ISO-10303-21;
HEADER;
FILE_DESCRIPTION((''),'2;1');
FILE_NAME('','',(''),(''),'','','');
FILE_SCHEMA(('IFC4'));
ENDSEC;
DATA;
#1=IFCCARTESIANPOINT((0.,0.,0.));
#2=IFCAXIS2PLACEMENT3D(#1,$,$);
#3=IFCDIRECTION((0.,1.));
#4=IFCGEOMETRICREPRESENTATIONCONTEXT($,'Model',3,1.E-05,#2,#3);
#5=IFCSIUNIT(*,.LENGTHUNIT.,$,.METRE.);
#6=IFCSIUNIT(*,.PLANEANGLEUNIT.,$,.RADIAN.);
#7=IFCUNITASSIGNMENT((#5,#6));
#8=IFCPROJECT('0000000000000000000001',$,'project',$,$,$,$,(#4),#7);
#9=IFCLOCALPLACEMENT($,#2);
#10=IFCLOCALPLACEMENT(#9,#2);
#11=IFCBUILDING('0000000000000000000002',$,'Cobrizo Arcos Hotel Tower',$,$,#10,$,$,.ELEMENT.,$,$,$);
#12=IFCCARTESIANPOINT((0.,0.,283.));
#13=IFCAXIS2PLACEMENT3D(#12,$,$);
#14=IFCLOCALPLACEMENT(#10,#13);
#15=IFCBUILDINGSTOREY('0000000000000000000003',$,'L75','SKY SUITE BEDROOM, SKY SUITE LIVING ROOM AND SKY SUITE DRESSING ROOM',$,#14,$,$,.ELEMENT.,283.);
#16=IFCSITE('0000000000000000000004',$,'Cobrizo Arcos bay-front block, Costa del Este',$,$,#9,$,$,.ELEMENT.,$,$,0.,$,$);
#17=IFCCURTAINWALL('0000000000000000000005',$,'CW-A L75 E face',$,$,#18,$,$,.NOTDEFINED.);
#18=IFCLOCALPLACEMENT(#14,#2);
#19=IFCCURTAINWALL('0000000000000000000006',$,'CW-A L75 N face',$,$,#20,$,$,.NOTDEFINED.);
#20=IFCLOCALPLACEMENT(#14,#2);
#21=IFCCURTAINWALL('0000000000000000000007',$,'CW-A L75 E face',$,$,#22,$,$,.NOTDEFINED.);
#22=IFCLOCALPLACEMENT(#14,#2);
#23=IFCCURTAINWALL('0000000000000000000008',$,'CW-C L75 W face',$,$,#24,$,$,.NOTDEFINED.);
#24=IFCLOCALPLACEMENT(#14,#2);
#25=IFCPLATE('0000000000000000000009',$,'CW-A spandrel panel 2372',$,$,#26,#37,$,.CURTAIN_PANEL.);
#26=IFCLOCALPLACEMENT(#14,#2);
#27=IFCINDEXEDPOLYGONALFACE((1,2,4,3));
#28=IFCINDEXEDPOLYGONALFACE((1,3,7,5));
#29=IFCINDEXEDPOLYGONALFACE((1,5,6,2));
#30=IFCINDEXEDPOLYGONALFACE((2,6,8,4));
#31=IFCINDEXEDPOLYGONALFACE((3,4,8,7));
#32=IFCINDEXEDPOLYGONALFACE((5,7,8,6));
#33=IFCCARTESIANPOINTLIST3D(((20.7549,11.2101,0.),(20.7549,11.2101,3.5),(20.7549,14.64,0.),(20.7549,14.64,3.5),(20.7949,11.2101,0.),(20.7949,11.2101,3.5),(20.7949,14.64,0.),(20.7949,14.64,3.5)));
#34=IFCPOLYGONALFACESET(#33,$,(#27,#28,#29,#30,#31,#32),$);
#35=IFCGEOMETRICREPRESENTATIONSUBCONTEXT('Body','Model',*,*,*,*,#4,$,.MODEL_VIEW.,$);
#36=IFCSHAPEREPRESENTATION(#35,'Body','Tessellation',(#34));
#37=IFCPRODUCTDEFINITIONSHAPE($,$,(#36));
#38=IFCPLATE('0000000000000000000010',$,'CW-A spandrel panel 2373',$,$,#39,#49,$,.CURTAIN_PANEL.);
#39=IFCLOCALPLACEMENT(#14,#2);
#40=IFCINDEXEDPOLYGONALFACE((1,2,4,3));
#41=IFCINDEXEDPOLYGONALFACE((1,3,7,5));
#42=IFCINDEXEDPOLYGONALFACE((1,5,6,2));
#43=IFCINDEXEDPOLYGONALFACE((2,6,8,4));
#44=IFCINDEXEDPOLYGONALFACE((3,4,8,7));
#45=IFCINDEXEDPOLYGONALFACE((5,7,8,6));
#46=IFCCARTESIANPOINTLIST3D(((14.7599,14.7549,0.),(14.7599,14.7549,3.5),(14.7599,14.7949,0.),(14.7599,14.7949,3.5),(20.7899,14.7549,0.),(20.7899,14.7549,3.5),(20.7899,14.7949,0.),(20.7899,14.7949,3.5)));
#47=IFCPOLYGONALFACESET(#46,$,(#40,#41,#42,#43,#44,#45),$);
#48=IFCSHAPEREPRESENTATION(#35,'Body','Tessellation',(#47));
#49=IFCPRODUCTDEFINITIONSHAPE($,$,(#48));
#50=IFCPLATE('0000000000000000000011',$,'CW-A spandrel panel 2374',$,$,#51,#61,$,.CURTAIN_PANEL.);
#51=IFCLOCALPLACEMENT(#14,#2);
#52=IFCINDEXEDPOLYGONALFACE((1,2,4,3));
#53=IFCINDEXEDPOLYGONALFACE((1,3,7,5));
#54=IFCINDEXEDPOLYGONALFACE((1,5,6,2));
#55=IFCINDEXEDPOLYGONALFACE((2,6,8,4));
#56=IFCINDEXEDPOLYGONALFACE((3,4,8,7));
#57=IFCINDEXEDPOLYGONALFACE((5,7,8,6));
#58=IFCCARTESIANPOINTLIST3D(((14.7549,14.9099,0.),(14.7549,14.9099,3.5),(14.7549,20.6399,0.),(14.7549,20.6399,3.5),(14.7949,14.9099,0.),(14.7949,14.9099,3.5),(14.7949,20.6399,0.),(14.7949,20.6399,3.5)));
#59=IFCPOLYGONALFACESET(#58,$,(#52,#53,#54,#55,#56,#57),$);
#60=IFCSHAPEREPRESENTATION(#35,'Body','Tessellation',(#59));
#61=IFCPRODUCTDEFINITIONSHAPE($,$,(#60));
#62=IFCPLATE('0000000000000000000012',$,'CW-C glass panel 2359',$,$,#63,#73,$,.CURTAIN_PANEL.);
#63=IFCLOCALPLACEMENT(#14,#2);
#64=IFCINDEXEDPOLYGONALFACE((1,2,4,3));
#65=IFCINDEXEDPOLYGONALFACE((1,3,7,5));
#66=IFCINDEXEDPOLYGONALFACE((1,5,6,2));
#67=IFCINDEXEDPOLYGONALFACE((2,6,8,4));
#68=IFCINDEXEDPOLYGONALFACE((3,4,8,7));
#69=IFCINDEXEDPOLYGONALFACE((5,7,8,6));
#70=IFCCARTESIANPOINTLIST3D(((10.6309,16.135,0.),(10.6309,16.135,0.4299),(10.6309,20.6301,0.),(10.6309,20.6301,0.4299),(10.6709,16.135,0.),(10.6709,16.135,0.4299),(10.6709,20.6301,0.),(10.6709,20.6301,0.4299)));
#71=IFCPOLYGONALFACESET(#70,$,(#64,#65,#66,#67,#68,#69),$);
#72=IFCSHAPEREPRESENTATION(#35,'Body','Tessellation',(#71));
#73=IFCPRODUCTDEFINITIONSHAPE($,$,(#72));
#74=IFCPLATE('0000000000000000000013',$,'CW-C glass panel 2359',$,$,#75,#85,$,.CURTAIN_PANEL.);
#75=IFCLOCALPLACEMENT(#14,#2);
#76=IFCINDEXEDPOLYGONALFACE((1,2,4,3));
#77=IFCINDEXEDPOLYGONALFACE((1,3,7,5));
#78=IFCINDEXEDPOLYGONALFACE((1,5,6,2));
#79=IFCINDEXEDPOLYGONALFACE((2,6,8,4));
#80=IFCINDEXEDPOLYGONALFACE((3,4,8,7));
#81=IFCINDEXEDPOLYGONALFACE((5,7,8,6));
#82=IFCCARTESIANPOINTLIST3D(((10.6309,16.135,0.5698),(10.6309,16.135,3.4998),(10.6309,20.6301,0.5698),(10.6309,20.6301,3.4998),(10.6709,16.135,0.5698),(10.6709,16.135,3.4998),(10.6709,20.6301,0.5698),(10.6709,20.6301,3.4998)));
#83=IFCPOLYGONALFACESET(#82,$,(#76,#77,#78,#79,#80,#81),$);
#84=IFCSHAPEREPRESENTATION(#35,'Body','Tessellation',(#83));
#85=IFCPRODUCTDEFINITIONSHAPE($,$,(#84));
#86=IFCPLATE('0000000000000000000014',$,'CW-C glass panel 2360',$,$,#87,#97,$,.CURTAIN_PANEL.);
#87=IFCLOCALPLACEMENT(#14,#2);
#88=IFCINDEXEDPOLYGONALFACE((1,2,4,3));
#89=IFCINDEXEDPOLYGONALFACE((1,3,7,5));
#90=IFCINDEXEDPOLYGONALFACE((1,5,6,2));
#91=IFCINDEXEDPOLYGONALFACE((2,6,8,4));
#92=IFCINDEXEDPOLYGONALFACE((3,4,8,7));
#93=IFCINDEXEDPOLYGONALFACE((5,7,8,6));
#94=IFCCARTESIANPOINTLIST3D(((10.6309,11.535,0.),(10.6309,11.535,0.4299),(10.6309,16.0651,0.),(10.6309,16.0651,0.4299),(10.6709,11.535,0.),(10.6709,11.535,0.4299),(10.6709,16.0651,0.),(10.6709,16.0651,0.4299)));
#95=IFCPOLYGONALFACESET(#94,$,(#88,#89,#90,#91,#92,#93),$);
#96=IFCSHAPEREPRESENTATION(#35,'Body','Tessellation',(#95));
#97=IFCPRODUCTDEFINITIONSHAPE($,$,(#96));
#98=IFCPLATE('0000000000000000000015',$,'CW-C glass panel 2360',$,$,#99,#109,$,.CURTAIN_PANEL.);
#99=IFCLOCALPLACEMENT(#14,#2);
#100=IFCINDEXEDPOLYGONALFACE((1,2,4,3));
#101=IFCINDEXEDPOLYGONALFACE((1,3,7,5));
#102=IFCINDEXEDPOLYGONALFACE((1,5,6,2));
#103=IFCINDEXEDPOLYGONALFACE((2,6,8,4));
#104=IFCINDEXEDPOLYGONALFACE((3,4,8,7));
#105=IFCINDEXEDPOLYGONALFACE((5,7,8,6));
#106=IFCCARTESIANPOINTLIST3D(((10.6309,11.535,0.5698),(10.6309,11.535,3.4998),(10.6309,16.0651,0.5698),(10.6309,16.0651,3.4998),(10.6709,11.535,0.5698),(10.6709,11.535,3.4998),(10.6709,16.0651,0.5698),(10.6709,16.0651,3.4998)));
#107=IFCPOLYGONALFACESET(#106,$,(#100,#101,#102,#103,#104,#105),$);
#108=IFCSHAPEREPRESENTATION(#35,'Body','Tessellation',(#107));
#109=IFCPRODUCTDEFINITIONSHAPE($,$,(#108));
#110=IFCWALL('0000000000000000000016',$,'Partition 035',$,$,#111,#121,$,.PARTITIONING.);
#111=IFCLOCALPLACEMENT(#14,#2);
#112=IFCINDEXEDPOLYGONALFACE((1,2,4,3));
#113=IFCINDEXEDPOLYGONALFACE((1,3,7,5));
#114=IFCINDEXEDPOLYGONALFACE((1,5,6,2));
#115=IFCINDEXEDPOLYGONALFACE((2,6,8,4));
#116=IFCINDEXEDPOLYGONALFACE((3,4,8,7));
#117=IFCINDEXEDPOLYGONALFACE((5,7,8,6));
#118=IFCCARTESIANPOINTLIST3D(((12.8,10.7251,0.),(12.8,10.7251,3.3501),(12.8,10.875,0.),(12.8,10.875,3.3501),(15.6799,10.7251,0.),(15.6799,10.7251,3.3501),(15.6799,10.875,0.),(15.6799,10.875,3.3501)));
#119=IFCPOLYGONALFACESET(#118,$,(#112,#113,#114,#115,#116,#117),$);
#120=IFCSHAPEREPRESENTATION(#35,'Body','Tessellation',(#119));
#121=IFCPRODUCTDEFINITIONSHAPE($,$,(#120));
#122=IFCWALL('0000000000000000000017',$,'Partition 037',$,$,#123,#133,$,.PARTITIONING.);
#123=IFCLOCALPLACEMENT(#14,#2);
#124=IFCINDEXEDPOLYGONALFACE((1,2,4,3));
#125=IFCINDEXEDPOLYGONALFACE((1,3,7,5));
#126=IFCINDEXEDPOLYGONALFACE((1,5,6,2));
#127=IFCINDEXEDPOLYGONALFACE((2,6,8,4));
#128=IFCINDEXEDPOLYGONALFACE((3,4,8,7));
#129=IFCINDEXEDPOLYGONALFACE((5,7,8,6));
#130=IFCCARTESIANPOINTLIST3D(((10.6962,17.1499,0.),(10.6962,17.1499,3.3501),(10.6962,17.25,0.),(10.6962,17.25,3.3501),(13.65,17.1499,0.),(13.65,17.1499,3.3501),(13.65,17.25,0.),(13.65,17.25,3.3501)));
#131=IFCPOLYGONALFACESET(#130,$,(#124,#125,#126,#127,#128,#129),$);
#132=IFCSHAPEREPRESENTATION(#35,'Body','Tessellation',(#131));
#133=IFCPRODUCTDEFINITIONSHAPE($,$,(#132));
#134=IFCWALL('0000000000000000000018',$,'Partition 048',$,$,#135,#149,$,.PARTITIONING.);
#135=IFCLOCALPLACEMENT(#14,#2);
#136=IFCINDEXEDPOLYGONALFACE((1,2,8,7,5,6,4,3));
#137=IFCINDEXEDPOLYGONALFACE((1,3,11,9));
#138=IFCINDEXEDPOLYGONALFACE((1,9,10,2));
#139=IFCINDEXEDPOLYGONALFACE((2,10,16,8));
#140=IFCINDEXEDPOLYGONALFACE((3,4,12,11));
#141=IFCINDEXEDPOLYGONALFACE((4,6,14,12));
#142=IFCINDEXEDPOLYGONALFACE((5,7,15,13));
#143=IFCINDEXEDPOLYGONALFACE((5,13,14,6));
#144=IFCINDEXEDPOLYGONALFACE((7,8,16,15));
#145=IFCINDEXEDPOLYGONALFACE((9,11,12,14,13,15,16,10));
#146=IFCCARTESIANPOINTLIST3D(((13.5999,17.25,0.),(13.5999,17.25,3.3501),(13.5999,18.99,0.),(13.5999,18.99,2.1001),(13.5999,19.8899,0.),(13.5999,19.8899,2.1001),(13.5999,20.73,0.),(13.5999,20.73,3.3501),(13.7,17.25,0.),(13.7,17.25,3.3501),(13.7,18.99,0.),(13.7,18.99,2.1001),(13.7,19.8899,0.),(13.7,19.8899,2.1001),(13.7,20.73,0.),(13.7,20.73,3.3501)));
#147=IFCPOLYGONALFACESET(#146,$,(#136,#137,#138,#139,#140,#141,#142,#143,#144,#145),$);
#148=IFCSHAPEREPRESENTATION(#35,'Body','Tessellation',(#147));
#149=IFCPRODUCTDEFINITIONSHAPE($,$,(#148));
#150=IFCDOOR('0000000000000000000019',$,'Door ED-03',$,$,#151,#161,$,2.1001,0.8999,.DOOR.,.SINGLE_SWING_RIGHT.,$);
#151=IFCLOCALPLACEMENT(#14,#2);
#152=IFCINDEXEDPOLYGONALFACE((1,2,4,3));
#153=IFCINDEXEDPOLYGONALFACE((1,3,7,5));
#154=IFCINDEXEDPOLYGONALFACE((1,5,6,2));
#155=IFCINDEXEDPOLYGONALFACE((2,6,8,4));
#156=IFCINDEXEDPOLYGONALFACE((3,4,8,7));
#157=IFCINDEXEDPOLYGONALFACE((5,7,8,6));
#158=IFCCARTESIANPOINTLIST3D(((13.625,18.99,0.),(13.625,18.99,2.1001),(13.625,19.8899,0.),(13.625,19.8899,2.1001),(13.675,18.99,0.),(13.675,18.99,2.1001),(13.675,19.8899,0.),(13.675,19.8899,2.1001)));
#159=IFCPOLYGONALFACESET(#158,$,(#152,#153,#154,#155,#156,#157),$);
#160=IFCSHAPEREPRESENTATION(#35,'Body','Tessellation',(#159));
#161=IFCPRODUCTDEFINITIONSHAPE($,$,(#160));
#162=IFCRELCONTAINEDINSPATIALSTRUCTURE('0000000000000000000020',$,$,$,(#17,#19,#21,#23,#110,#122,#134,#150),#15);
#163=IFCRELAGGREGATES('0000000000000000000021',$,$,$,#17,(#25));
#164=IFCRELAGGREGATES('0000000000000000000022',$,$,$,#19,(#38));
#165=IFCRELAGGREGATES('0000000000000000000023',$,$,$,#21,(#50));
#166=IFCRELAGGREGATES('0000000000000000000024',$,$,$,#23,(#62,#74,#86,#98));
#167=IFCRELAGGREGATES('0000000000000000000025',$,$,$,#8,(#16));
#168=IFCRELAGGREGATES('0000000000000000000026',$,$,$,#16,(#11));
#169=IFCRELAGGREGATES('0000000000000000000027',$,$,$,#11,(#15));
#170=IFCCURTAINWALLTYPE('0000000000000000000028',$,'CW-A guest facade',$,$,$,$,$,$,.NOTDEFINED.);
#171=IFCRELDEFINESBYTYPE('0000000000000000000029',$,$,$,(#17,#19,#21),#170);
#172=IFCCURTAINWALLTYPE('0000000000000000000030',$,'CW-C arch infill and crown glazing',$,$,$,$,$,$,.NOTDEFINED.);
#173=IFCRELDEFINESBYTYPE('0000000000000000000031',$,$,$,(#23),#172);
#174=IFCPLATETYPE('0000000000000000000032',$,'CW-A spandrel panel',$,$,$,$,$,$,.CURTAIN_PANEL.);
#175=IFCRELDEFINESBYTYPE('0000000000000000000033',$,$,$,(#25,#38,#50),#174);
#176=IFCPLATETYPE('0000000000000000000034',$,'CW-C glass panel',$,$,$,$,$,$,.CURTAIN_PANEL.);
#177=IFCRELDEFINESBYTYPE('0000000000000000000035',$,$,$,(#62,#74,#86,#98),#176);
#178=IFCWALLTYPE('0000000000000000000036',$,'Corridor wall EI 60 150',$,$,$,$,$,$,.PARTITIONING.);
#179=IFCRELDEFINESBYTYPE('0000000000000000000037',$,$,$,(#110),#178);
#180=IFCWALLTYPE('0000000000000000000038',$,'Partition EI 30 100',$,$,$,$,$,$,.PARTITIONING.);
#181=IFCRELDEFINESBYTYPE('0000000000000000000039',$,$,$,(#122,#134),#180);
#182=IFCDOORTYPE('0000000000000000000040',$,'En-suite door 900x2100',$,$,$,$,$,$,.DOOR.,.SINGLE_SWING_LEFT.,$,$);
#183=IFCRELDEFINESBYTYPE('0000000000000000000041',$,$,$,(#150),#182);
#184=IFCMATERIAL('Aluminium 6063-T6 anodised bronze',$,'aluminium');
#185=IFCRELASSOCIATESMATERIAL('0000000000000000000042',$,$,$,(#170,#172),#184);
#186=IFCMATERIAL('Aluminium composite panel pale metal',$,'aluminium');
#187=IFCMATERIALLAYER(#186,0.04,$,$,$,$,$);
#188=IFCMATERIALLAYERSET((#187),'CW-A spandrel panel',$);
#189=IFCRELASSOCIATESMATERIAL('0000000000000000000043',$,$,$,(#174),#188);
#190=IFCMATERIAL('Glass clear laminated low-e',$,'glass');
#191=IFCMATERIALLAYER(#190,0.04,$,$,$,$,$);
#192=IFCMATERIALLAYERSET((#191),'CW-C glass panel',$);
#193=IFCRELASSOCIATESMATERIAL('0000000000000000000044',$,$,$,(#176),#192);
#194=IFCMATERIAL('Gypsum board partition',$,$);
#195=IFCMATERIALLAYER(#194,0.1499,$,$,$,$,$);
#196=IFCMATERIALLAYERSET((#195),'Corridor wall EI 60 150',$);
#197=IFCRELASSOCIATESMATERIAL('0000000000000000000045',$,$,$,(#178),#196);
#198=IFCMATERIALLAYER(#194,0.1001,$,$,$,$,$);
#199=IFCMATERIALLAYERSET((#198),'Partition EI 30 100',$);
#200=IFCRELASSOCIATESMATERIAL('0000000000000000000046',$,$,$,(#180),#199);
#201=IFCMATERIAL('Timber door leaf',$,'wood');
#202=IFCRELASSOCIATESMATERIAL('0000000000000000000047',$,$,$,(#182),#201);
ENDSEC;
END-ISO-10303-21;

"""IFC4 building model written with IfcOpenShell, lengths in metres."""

from ifc_helpers import new_model, si_unit, direction, frame, frame_2d, origin, origin_2d, place, context, subcontext, project, spatial, rectangle, extrude, material, layer, layer_set, type_object, element, fill, aggregate, save


model = new_model("IFC4")

# Units and contexts
model_context = context("Model", 3, precision=1e-05, world=origin(), true_north=direction((0.0, 1.0)))
body_context = subcontext(model_context, "Body", "Model", "MODEL_VIEW")
ifc_project = project(units=[si_unit("LENGTHUNIT", "METRE"), si_unit("PLANEANGLEUNIT", "RADIAN")], contexts=[model_context])

# Site, building, storey
site_placement = place(None, origin())
site = spatial("IfcSite", under=ifc_project, at=site_placement, Name="Cobrizo Arcos bay-front block, Costa del Este", CompositionType="ELEMENT", RefElevation=0.0)
building_placement = place(site_placement, origin())
building = spatial("IfcBuilding", under=site, at=building_placement, Name="Cobrizo Arcos Hotel Tower", CompositionType="ELEMENT")
storey_placement = place(building_placement, frame((0.0, 0.0, 283.0)))
storey = spatial("IfcBuildingStorey", under=building, at=storey_placement, Name="L75", Description="SKY SUITE BEDROOM, SKY SUITE LIVING ROOM AND SKY SUITE DRESSING ROOM", CompositionType="ELEMENT", Elevation=283.0)

# Shared definitions
ifc_material_1 = material(Name="Aluminium 6063-T6 anodised bronze", Category="aluminium")
curtain_wall_type_1 = type_object("IfcCurtainWallType", Name="CW-A guest facade", PredefinedType="NOTDEFINED", material=ifc_material_1)

# Curtain walls
curtain_wall_1_placement = place(storey_placement, origin())
curtain_wall_1 = element("IfcCurtainWall", 1, at=curtain_wall_1_placement, inside=storey, type_object=curtain_wall_type_1, Name="CW-A L75 E face", PredefinedType="NOTDEFINED")
curtain_wall_2_placement = place(storey_placement, origin())
curtain_wall_2 = element("IfcCurtainWall", 2, at=curtain_wall_2_placement, inside=storey, type_object=curtain_wall_type_1, Name="CW-A L75 N face", PredefinedType="NOTDEFINED")
curtain_wall_3_placement = place(storey_placement, origin())
curtain_wall_3 = element("IfcCurtainWall", 3, at=curtain_wall_3_placement, inside=storey, type_object=curtain_wall_type_1, Name="CW-A L75 E face", PredefinedType="NOTDEFINED")
curtain_wall_type_2 = type_object("IfcCurtainWallType", Name="CW-C arch infill and crown glazing", PredefinedType="NOTDEFINED", material=ifc_material_1)
curtain_wall_4_placement = place(storey_placement, origin())
curtain_wall_4 = element("IfcCurtainWall", 4, at=curtain_wall_4_placement, inside=storey, type_object=curtain_wall_type_2, Name="CW-C L75 W face", PredefinedType="NOTDEFINED")

# Plates
ifc_material_2 = material(Name="Aluminium composite panel pale metal", Category="aluminium")
ifc_layer_1 = layer(ifc_material_2, 0.04)
ifc_layer_set_1 = layer_set([ifc_layer_1], Name="CW-A spandrel panel")
plate_type_1 = type_object("IfcPlateType", Name="CW-A spandrel panel", PredefinedType="CURTAIN_PANEL", material=ifc_layer_set_1)
plate_1_placement = place(storey_placement, frame((20.7749, 12.925, 0.0), z_axis=(0.0, 0.0, 1.0), x_axis=(0.0, 1.0, 0.0)))
plate_1 = element("IfcPlate", 5, at=plate_1_placement, type_object=plate_type_1, Name="CW-A spandrel panel 2372", PredefinedType="CURTAIN_PANEL", context=body_context, shape_type="SweptSolid", body=[
    extrude(rectangle(XDim=3.4299, YDim=0.04, at=origin_2d()), origin(), (0.0, 0.0, 1.0), 3.5),
])
aggregate(curtain_wall_1, [plate_1])
plate_2_placement = place(storey_placement, frame((17.7749, 14.7749, 0.0), z_axis=(0.0, 0.0, 1.0), x_axis=(-1.0, 0.0, 0.0)))
plate_2 = element("IfcPlate", 6, at=plate_2_placement, type_object=plate_type_1, Name="CW-A spandrel panel 2373", PredefinedType="CURTAIN_PANEL", context=body_context, shape_type="SweptSolid", body=[
    extrude(rectangle(XDim=6.03, YDim=0.04, at=origin_2d()), origin(), (0.0, 0.0, 1.0), 3.5),
])
aggregate(curtain_wall_2, [plate_2])
plate_3_placement = place(storey_placement, frame((14.7749, 17.7749, 0.0), z_axis=(0.0, 0.0, 1.0), x_axis=(0.0, 1.0, 0.0)))
plate_3 = element("IfcPlate", 7, at=plate_3_placement, type_object=plate_type_1, Name="CW-A spandrel panel 2374", PredefinedType="CURTAIN_PANEL", context=body_context, shape_type="SweptSolid", body=[
    extrude(rectangle(XDim=5.73, YDim=0.04, at=origin_2d()), origin(), (0.0, 0.0, 1.0), 3.5),
])
aggregate(curtain_wall_3, [plate_3])
ifc_material_3 = material(Name="Glass clear laminated low-e", Category="glass")
ifc_layer_2 = layer(ifc_material_3, 0.04)
ifc_layer_set_2 = layer_set([ifc_layer_2], Name="CW-C glass panel")
plate_type_2 = type_object("IfcPlateType", Name="CW-C glass panel", PredefinedType="CURTAIN_PANEL", material=ifc_layer_set_2)
plate_4_placement = place(storey_placement, frame((10.6509, 18.3826, 0.0), z_axis=(0.0, 0.0, 1.0), x_axis=(0.0, -1.0, 0.0)))
plate_4 = element("IfcPlate", 8, at=plate_4_placement, type_object=plate_type_2, Name="CW-C glass panel 2359", PredefinedType="CURTAIN_PANEL", context=body_context, shape_type="SweptSolid", body=[
    extrude(rectangle(XDim=4.4951, YDim=0.04, at=origin_2d()), origin(), (0.0, 0.0, 1.0), 0.4299),
])
plate_5_placement = place(storey_placement, frame((10.6509, 18.3826, 0.5698), z_axis=(0.0, 0.0, 1.0), x_axis=(0.0, -1.0, 0.0)))
plate_5 = element("IfcPlate", 9, at=plate_5_placement, type_object=plate_type_2, Name="CW-C glass panel 2359", PredefinedType="CURTAIN_PANEL", context=body_context, shape_type="SweptSolid", body=[
    extrude(rectangle(XDim=4.4951, YDim=0.04, at=origin_2d()), origin(), (0.0, 0.0, 1.0), 2.9299),
])
plate_6_placement = place(storey_placement, frame((10.6509, 13.8, 0.0), z_axis=(0.0, 0.0, 1.0), x_axis=(0.0, -1.0, 0.0)))
plate_6 = element("IfcPlate", 10, at=plate_6_placement, type_object=plate_type_2, Name="CW-C glass panel 2360", PredefinedType="CURTAIN_PANEL", context=body_context, shape_type="SweptSolid", body=[
    extrude(rectangle(XDim=4.53, YDim=0.04, at=origin_2d()), origin(), (0.0, 0.0, 1.0), 0.4299),
])
plate_7_placement = place(storey_placement, frame((10.6509, 13.8, 0.5698), z_axis=(0.0, 0.0, 1.0), x_axis=(0.0, -1.0, 0.0)))
plate_7 = element("IfcPlate", 11, at=plate_7_placement, type_object=plate_type_2, Name="CW-C glass panel 2360", PredefinedType="CURTAIN_PANEL", context=body_context, shape_type="SweptSolid", body=[
    extrude(rectangle(XDim=4.53, YDim=0.04, at=origin_2d()), origin(), (0.0, 0.0, 1.0), 2.9299),
])
aggregate(curtain_wall_4, [plate_4, plate_5, plate_6, plate_7])

# Walls
ifc_material_4 = material(Name="Gypsum board partition")
ifc_layer_3 = layer(ifc_material_4, 0.1499)
ifc_layer_set_3 = layer_set([ifc_layer_3], Name="Corridor wall EI 60 150")
wall_type_1 = type_object("IfcWallType", Name="Corridor wall EI 60 150", PredefinedType="PARTITIONING", material=ifc_layer_set_3)
wall_1_placement = place(storey_placement, frame((12.8, 10.8, 0.0), z_axis=(0.0, 0.0, 1.0), x_axis=(1.0, 0.0, 0.0)))
element("IfcWall", 12, at=wall_1_placement, inside=storey, type_object=wall_type_1, Name="Partition 035", PredefinedType="PARTITIONING", context=body_context, shape_type="SweptSolid", body=[
    extrude(rectangle(XDim=2.8799, YDim=0.1499, at=frame_2d((1.4399, 0.0))), origin(), (0.0, 0.0, 1.0), 3.3501),
])
ifc_layer_4 = layer(ifc_material_4, 0.1001)
ifc_layer_set_4 = layer_set([ifc_layer_4], Name="Partition EI 30 100")
wall_type_2 = type_object("IfcWallType", Name="Partition EI 30 100", PredefinedType="PARTITIONING", material=ifc_layer_set_4)
wall_2_placement = place(storey_placement, frame((10.696, 17.2, 0.0), z_axis=(0.0, 0.0, 1.0), x_axis=(1.0, 0.0, 0.0)))
element("IfcWall", 13, at=wall_2_placement, inside=storey, type_object=wall_type_2, Name="Partition 037", PredefinedType="PARTITIONING", context=body_context, shape_type="SweptSolid", body=[
    extrude(rectangle(XDim=2.9539, YDim=0.1001, at=frame_2d((1.4771, 0.0))), origin(), (0.0, 0.0, 1.0), 3.3501),
])

# Wall, opening, door
wall_3_placement = place(storey_placement, frame((13.6499, 17.25, 0.0), z_axis=(0.0, 0.0, 1.0), x_axis=(0.0, 1.0, 0.0)))
wall_3 = element("IfcWall", 14, at=wall_3_placement, inside=storey, type_object=wall_type_2, Name="Partition 048", PredefinedType="PARTITIONING", context=body_context, shape_type="SweptSolid", body=[
    extrude(rectangle(XDim=3.48, YDim=0.1001, at=frame_2d((1.74, 0.0))), origin(), (0.0, 0.0, 1.0), 3.3501),
])
opening_placement = place(wall_3_placement, frame((1.74, 0.0, 0.0)))
opening = element("IfcOpeningElement", 15, at=opening_placement, cuts=wall_3, PredefinedType="OPENING", context=body_context, shape_type="SweptSolid", body=[
    extrude(rectangle(XDim=0.8999, YDim=2.1001, at=frame_2d((0.45, 1.05))), frame((0.0, 0.062, 0.0), z_axis=(0.0, -1.0, 0.0), x_axis=(1.0, 0.0, 0.0)), (0.0, 0.0, 1.0), 0.124),
])
ifc_material_5 = material(Name="Timber door leaf", Category="wood")
door_type = type_object("IfcDoorType", Name="En-suite door 900x2100", OperationType="SINGLE_SWING_LEFT", PredefinedType="DOOR", material=ifc_material_5)
door_placement = place(opening_placement, origin())
door = element("IfcDoor", 16, at=door_placement, inside=storey, type_object=door_type, Name="Door ED-03", OperationType="SINGLE_SWING_RIGHT", OverallHeight=2.1001, OverallWidth=0.8999, PredefinedType="DOOR", context=body_context, shape_type="SweptSolid", body=[
    extrude(rectangle(XDim=0.8999, YDim=2.1001, at=frame_2d((0.45, 1.05))), frame((0.0, 0.0249, 0.0), z_axis=(0.0, -1.0, 0.0), x_axis=(1.0, 0.0, 0.0)), (0.0, 0.0, 1.0), 0.05),
])
fill(opening, door)

save(model, "model.ifc")
